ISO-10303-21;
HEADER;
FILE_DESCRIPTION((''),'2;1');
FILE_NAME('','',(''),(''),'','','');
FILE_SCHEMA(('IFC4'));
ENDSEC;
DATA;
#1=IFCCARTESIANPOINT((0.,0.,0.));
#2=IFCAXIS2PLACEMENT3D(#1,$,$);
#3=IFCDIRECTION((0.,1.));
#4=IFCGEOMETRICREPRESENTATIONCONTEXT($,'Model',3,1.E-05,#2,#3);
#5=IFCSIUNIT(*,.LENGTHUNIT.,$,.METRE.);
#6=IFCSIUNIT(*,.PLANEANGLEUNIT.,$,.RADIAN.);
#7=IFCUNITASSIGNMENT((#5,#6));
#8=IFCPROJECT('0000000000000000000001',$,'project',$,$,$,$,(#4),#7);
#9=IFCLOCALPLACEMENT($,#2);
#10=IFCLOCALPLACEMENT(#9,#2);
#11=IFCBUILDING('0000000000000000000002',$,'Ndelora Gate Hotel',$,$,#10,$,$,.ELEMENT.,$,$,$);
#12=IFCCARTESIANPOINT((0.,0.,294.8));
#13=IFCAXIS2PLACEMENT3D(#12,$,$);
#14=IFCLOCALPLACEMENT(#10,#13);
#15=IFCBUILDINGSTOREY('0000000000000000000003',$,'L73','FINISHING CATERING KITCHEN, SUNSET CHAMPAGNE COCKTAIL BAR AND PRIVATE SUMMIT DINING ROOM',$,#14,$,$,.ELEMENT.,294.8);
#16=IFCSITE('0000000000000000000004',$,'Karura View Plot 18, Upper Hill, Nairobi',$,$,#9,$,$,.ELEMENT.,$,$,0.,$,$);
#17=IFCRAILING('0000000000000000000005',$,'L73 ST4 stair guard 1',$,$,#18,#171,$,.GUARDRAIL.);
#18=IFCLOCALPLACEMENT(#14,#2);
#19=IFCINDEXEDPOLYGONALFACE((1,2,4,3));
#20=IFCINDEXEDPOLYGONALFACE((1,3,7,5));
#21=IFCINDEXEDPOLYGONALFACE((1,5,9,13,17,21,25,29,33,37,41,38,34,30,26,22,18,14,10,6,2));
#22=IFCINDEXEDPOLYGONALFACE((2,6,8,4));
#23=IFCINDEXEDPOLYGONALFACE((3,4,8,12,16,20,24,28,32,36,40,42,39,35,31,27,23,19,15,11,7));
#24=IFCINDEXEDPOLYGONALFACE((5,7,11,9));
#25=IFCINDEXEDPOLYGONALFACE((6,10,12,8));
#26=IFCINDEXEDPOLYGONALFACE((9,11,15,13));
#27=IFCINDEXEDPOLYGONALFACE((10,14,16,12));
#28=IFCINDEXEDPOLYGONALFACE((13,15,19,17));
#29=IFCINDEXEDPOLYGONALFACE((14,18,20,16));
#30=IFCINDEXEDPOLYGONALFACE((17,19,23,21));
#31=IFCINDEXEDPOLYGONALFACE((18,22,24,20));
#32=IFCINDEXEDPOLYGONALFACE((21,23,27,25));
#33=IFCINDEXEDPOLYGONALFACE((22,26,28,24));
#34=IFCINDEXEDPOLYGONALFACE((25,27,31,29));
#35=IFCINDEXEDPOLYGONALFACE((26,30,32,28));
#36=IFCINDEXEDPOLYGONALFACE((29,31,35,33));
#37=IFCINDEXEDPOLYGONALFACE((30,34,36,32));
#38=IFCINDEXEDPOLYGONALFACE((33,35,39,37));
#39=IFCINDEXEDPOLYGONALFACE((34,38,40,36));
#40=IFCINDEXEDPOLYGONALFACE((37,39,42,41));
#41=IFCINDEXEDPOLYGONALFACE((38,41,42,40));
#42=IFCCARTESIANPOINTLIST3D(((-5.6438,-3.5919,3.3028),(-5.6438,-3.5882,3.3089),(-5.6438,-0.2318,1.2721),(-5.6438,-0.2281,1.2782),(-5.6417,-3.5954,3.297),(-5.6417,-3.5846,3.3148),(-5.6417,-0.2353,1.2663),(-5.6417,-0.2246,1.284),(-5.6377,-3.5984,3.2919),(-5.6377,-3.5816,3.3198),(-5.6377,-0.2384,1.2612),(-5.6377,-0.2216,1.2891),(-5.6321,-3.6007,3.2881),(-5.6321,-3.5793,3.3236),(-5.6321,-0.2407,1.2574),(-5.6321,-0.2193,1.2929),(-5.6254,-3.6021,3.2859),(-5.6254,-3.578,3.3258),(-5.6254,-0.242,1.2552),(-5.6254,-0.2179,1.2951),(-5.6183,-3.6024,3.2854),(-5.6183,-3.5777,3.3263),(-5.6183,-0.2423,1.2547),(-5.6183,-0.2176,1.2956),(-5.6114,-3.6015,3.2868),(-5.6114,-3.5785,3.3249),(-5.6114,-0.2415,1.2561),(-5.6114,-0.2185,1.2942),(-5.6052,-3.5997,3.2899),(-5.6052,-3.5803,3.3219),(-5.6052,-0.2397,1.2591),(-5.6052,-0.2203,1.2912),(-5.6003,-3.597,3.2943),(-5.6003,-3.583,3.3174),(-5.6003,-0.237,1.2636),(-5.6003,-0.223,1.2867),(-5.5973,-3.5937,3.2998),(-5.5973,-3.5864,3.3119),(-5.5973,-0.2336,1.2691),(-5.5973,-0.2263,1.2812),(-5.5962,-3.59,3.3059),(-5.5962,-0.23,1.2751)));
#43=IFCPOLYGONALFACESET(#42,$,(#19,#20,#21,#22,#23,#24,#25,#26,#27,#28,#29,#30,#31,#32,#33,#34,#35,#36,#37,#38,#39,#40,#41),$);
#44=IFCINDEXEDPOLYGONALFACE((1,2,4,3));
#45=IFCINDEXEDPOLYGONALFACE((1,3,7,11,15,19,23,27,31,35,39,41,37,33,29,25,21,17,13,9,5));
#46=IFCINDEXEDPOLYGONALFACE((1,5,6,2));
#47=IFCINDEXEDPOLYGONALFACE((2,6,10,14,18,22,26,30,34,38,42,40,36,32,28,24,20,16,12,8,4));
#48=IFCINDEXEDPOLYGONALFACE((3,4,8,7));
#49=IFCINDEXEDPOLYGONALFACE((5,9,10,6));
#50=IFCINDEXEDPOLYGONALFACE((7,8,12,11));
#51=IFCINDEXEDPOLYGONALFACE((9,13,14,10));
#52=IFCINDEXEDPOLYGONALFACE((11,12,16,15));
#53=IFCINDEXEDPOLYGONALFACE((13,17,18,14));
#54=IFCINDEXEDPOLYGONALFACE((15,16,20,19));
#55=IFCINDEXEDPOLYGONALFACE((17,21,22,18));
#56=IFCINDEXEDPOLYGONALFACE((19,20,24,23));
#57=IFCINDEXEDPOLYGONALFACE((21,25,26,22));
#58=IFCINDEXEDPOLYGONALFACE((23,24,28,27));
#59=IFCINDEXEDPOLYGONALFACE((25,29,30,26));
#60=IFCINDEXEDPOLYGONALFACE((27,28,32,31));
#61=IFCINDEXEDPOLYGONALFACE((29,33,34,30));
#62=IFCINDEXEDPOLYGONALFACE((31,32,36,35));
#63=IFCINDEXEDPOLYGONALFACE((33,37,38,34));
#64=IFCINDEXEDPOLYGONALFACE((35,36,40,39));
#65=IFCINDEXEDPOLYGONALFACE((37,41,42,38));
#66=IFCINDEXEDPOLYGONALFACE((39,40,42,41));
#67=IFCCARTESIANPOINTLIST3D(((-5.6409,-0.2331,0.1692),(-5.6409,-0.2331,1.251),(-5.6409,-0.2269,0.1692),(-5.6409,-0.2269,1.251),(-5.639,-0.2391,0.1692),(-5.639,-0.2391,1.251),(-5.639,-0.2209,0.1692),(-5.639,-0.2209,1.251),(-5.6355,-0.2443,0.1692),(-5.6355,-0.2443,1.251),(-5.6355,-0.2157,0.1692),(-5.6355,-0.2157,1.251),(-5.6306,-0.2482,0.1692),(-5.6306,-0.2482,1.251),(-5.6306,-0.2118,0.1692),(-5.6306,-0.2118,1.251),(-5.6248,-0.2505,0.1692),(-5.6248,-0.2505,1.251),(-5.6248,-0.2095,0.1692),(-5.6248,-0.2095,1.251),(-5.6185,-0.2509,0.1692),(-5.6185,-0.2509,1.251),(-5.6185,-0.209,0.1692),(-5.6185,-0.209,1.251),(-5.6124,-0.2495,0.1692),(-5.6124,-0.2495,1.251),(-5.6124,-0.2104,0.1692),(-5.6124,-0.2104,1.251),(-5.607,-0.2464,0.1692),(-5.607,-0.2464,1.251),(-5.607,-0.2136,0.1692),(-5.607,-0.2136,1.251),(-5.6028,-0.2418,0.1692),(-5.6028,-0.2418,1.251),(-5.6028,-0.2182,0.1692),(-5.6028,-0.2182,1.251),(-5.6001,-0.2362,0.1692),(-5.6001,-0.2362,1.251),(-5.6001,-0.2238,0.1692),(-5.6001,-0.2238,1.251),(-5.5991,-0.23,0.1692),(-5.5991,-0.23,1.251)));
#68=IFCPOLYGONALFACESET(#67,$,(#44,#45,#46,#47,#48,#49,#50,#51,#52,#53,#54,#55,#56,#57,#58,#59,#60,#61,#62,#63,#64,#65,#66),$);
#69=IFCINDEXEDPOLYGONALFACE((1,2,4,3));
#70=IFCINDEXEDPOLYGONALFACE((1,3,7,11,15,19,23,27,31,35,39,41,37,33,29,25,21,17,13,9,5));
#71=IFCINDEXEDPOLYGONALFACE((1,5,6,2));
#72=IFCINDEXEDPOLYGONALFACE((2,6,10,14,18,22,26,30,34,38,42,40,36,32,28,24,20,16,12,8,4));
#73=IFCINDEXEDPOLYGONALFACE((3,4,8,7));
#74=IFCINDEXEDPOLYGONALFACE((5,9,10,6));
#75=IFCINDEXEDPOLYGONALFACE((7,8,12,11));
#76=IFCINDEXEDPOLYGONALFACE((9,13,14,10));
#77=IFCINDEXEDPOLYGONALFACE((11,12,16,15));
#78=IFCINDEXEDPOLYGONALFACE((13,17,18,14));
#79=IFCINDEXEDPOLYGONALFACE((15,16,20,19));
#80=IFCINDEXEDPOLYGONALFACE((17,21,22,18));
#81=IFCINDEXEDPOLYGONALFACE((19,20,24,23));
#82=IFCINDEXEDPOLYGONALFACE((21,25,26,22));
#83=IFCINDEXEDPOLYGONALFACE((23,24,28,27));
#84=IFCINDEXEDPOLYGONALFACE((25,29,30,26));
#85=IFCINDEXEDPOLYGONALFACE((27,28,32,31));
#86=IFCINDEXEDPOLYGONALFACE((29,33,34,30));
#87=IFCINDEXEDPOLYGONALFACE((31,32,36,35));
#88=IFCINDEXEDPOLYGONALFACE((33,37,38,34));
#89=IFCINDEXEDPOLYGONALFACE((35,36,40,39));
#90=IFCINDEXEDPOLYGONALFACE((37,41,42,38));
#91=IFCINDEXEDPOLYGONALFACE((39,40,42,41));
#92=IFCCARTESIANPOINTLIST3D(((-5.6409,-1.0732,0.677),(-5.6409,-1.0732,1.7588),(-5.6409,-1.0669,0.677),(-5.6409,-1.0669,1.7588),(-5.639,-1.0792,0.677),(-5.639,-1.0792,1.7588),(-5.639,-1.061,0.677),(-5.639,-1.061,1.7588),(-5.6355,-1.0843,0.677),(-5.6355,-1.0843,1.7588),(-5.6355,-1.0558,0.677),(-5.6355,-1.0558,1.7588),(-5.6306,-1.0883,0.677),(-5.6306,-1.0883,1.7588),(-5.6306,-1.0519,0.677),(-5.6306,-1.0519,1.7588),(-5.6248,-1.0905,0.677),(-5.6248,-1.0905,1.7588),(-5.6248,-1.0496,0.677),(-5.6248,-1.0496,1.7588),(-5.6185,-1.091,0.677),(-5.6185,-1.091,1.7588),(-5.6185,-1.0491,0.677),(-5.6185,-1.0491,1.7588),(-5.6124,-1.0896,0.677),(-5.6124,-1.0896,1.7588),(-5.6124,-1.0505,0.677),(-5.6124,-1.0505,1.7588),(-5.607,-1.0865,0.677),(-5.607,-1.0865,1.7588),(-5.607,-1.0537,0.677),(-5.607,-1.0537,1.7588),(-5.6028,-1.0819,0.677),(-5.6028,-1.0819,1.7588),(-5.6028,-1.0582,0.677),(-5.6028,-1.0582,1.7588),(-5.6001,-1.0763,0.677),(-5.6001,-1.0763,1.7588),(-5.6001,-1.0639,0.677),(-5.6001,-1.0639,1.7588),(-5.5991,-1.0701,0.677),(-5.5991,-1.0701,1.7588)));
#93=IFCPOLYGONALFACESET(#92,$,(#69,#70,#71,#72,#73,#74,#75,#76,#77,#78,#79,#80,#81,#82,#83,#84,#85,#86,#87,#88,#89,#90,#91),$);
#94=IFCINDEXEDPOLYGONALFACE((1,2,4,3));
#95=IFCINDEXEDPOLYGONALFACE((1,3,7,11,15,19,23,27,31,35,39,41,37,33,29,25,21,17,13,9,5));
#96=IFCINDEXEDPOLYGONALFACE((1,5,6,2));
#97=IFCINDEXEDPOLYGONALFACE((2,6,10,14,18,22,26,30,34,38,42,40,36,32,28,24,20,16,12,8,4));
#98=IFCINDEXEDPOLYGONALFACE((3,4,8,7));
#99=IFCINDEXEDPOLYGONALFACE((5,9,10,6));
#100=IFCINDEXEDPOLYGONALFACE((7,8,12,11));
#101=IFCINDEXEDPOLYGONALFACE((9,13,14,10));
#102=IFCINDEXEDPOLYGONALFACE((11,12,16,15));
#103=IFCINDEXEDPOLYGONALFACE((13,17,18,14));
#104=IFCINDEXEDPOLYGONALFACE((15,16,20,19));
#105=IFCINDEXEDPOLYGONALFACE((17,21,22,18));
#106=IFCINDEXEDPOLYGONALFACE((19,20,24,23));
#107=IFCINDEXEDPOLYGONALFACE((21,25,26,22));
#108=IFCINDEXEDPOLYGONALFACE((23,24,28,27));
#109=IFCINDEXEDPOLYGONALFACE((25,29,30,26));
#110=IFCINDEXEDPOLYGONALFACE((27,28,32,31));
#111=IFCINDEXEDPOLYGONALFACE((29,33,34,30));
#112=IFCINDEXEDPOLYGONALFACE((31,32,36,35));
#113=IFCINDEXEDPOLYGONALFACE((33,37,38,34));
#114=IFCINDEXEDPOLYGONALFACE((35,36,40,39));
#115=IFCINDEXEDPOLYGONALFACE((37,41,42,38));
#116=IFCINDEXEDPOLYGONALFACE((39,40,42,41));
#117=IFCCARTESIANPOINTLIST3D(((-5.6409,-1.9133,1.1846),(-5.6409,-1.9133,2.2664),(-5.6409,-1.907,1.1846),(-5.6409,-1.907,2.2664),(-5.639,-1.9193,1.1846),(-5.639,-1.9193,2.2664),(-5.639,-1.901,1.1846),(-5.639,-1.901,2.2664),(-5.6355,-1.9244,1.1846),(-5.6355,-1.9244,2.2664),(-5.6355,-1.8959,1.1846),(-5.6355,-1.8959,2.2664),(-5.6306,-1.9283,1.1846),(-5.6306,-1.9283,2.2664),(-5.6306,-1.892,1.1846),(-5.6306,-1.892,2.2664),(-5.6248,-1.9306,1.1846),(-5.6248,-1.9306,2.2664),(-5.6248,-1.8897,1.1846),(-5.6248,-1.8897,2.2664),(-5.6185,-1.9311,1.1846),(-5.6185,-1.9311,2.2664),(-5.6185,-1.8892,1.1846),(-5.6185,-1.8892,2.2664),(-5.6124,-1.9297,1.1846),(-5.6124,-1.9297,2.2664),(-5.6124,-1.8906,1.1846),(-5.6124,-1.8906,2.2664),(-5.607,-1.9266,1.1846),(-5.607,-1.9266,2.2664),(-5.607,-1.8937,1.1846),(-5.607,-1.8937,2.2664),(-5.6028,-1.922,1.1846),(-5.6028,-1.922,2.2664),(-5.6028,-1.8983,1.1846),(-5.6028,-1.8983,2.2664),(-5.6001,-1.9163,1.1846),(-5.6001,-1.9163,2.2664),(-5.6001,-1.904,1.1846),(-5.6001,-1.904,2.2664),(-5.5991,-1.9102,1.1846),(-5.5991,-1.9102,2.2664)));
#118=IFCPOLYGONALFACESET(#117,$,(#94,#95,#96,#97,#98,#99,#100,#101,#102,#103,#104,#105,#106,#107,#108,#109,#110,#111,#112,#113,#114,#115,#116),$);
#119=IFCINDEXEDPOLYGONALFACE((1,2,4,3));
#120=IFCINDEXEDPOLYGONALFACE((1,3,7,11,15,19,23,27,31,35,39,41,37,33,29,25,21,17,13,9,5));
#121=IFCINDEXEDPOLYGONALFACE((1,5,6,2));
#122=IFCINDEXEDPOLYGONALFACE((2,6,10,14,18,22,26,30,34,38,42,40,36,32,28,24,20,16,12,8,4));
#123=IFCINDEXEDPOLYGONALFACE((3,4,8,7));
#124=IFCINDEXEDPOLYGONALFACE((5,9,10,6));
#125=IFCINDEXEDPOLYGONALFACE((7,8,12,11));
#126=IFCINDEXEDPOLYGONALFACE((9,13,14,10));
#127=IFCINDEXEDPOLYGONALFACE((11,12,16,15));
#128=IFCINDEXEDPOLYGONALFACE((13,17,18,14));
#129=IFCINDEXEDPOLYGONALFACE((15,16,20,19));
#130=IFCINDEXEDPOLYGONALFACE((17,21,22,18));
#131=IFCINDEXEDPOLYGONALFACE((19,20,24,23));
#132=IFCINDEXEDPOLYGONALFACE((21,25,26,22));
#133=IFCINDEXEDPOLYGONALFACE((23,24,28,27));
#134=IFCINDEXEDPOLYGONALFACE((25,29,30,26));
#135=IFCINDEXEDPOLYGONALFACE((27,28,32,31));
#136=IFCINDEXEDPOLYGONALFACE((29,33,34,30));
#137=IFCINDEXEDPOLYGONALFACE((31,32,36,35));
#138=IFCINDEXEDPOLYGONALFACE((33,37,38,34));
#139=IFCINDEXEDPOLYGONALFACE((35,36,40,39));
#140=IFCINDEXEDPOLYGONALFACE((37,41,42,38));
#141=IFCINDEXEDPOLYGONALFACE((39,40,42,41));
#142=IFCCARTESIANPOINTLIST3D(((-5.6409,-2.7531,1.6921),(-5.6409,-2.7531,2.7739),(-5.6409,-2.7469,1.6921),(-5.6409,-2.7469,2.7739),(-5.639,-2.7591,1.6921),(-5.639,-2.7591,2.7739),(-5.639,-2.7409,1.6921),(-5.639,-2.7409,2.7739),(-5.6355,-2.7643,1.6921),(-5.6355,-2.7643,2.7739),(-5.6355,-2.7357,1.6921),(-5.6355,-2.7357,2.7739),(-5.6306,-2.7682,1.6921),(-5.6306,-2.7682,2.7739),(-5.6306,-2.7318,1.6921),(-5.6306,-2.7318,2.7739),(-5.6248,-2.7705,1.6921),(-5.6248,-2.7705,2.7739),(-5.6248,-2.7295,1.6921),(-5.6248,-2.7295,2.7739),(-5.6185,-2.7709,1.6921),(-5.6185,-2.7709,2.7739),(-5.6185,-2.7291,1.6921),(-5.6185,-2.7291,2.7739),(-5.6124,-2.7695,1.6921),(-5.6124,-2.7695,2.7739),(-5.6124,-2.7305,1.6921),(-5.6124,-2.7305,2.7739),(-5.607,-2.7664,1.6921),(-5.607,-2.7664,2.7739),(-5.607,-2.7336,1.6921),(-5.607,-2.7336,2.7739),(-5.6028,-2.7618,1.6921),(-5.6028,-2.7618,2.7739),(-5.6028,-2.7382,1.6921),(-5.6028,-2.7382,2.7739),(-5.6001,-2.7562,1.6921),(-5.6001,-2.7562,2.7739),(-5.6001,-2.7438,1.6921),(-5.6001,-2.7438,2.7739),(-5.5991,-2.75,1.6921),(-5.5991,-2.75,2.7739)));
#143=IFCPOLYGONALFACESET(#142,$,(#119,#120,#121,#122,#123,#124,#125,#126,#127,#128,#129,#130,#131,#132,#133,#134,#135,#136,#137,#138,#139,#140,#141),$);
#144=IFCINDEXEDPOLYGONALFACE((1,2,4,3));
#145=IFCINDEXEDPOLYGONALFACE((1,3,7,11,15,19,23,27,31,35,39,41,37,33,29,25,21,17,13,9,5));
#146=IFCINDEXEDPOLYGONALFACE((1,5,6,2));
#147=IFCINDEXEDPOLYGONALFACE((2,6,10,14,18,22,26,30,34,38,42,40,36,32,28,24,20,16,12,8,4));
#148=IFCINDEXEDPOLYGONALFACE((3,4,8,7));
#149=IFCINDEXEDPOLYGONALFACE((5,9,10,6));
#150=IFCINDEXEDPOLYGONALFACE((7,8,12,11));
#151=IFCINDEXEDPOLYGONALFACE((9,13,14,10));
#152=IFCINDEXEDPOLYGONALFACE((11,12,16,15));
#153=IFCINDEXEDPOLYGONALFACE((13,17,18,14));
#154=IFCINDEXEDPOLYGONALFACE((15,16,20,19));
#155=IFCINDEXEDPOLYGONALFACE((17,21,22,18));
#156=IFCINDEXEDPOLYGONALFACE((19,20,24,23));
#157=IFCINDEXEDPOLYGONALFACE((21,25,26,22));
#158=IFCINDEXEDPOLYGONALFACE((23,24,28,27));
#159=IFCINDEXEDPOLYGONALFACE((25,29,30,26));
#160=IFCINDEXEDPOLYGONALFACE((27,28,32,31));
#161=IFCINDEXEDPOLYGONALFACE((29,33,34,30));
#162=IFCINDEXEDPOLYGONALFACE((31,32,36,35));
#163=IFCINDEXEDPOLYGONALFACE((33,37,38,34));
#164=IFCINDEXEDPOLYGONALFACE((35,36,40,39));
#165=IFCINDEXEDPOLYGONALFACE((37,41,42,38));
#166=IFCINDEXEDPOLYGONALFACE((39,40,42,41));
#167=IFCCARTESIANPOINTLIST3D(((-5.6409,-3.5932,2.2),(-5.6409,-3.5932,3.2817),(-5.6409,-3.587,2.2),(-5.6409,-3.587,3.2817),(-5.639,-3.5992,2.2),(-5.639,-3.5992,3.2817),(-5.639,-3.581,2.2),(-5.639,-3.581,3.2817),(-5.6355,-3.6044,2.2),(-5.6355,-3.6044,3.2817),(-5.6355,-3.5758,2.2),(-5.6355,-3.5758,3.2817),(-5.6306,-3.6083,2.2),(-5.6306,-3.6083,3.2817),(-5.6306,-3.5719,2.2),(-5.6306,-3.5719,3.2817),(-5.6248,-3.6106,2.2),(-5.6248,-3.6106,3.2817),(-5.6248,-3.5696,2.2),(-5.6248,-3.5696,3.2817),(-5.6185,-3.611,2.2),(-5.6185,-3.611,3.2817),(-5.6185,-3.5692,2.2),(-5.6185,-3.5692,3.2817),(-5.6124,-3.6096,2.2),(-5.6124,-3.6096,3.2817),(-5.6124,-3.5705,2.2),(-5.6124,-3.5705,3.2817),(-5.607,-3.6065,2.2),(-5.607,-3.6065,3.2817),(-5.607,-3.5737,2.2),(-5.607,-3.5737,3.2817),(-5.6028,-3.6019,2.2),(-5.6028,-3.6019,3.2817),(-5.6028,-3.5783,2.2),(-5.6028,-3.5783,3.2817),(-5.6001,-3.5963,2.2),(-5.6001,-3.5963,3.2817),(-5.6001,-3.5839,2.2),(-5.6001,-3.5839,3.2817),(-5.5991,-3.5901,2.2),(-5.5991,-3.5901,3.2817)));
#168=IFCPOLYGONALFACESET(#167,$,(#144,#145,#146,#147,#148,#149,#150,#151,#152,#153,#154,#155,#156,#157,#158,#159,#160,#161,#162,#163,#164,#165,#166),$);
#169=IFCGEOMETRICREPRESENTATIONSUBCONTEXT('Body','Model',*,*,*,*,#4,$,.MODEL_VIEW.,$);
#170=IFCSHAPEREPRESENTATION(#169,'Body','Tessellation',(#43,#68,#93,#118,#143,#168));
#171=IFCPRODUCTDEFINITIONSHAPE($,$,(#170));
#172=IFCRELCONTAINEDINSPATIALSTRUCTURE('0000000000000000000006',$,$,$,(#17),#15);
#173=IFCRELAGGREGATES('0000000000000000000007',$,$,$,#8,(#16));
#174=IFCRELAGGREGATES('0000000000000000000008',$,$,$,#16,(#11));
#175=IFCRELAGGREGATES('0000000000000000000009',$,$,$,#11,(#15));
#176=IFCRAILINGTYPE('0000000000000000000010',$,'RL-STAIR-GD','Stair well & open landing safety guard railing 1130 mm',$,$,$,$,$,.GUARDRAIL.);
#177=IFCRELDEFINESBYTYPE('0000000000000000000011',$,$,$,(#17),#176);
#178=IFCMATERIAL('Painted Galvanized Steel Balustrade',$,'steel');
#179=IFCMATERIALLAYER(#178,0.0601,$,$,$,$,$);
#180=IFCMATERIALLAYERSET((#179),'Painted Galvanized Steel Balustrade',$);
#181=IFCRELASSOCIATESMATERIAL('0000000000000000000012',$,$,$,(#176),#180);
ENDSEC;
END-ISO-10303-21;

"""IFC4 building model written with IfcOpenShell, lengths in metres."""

from ifc_helpers import new_model, si_unit, direction, frame, origin, origin_2d, place, context, subcontext, project, spatial, circle, extrude, material, layer, layer_set, type_object, element, save


model = new_model("IFC4")

# Units and contexts
model_context = context("Model", 3, precision=1e-05, world=origin(), true_north=direction((0.0, 1.0)))
body_context = subcontext(model_context, "Body", "Model", "MODEL_VIEW")
ifc_project = project(units=[si_unit("LENGTHUNIT", "METRE"), si_unit("PLANEANGLEUNIT", "RADIAN")], contexts=[model_context])

# Site, building, storey
site_placement = place(None, origin())
site = spatial("IfcSite", under=ifc_project, at=site_placement, Name="Karura View Plot 18, Upper Hill, Nairobi", CompositionType="ELEMENT", RefElevation=0.0)
building_placement = place(site_placement, origin())
building = spatial("IfcBuilding", under=site, at=building_placement, Name="Ndelora Gate Hotel", CompositionType="ELEMENT")
storey_placement = place(building_placement, frame((0.0, 0.0, 294.8)))
storey = spatial("IfcBuildingStorey", under=building, at=storey_placement, Name="L73", Description="FINISHING CATERING KITCHEN, SUNSET CHAMPAGNE COCKTAIL BAR AND PRIVATE SUMMIT DINING ROOM", CompositionType="ELEMENT", Elevation=294.8)

# Railing
ifc_material_1 = material(Name="Painted Galvanized Steel Balustrade", Category="steel")
ifc_layer_1 = layer(ifc_material_1, 0.0601)
ifc_layer_set_1 = layer_set([ifc_layer_1], Name="Painted Galvanized Steel Balustrade")
railing_type_1 = type_object("IfcRailingType", Name="RL-STAIR-GD", Description="Stair well & open landing safety guard railing 1130 mm", PredefinedType="GUARDRAIL", material=ifc_layer_set_1)
railing_1_placement = place(storey_placement, frame((-5.6201, -0.23, 0.1692)))
element("IfcRailing", 1, at=railing_1_placement, inside=storey, type_object=railing_type_1, Name="L73 ST4 stair guard 1", PredefinedType="GUARDRAIL", context=body_context, shape_type="SweptSolid", body=[
    extrude(circle(Radius=0.0239, at=origin_2d()), frame((0.0, 0.0, 1.106), z_axis=(0.0, -0.855837, 0.517246), x_axis=(1.0, 0.0, 0.0)), (0.0, 0.0, 1.0), 3.926),
    extrude(circle(Radius=0.021, at=origin_2d()), origin(), (0.0, 0.0, 1.0), 1.0818),
    extrude(circle(Radius=0.021, at=origin_2d()), frame((0.0, -0.8401, 0.5078)), (0.0, 0.0, 1.0), 1.0818),
    extrude(circle(Radius=0.021, at=origin_2d()), frame((0.0, -1.6802, 1.0154)), (0.0, 0.0, 1.0), 1.0818),
    extrude(circle(Radius=0.021, at=origin_2d()), frame((0.0, -2.52, 1.5229)), (0.0, 0.0, 1.0), 1.0818),
    extrude(circle(Radius=0.021, at=origin_2d()), frame((0.0, -3.3601, 2.0308)), (0.0, 0.0, 1.0), 1.0818),
])

save(model, "model.ifc")
